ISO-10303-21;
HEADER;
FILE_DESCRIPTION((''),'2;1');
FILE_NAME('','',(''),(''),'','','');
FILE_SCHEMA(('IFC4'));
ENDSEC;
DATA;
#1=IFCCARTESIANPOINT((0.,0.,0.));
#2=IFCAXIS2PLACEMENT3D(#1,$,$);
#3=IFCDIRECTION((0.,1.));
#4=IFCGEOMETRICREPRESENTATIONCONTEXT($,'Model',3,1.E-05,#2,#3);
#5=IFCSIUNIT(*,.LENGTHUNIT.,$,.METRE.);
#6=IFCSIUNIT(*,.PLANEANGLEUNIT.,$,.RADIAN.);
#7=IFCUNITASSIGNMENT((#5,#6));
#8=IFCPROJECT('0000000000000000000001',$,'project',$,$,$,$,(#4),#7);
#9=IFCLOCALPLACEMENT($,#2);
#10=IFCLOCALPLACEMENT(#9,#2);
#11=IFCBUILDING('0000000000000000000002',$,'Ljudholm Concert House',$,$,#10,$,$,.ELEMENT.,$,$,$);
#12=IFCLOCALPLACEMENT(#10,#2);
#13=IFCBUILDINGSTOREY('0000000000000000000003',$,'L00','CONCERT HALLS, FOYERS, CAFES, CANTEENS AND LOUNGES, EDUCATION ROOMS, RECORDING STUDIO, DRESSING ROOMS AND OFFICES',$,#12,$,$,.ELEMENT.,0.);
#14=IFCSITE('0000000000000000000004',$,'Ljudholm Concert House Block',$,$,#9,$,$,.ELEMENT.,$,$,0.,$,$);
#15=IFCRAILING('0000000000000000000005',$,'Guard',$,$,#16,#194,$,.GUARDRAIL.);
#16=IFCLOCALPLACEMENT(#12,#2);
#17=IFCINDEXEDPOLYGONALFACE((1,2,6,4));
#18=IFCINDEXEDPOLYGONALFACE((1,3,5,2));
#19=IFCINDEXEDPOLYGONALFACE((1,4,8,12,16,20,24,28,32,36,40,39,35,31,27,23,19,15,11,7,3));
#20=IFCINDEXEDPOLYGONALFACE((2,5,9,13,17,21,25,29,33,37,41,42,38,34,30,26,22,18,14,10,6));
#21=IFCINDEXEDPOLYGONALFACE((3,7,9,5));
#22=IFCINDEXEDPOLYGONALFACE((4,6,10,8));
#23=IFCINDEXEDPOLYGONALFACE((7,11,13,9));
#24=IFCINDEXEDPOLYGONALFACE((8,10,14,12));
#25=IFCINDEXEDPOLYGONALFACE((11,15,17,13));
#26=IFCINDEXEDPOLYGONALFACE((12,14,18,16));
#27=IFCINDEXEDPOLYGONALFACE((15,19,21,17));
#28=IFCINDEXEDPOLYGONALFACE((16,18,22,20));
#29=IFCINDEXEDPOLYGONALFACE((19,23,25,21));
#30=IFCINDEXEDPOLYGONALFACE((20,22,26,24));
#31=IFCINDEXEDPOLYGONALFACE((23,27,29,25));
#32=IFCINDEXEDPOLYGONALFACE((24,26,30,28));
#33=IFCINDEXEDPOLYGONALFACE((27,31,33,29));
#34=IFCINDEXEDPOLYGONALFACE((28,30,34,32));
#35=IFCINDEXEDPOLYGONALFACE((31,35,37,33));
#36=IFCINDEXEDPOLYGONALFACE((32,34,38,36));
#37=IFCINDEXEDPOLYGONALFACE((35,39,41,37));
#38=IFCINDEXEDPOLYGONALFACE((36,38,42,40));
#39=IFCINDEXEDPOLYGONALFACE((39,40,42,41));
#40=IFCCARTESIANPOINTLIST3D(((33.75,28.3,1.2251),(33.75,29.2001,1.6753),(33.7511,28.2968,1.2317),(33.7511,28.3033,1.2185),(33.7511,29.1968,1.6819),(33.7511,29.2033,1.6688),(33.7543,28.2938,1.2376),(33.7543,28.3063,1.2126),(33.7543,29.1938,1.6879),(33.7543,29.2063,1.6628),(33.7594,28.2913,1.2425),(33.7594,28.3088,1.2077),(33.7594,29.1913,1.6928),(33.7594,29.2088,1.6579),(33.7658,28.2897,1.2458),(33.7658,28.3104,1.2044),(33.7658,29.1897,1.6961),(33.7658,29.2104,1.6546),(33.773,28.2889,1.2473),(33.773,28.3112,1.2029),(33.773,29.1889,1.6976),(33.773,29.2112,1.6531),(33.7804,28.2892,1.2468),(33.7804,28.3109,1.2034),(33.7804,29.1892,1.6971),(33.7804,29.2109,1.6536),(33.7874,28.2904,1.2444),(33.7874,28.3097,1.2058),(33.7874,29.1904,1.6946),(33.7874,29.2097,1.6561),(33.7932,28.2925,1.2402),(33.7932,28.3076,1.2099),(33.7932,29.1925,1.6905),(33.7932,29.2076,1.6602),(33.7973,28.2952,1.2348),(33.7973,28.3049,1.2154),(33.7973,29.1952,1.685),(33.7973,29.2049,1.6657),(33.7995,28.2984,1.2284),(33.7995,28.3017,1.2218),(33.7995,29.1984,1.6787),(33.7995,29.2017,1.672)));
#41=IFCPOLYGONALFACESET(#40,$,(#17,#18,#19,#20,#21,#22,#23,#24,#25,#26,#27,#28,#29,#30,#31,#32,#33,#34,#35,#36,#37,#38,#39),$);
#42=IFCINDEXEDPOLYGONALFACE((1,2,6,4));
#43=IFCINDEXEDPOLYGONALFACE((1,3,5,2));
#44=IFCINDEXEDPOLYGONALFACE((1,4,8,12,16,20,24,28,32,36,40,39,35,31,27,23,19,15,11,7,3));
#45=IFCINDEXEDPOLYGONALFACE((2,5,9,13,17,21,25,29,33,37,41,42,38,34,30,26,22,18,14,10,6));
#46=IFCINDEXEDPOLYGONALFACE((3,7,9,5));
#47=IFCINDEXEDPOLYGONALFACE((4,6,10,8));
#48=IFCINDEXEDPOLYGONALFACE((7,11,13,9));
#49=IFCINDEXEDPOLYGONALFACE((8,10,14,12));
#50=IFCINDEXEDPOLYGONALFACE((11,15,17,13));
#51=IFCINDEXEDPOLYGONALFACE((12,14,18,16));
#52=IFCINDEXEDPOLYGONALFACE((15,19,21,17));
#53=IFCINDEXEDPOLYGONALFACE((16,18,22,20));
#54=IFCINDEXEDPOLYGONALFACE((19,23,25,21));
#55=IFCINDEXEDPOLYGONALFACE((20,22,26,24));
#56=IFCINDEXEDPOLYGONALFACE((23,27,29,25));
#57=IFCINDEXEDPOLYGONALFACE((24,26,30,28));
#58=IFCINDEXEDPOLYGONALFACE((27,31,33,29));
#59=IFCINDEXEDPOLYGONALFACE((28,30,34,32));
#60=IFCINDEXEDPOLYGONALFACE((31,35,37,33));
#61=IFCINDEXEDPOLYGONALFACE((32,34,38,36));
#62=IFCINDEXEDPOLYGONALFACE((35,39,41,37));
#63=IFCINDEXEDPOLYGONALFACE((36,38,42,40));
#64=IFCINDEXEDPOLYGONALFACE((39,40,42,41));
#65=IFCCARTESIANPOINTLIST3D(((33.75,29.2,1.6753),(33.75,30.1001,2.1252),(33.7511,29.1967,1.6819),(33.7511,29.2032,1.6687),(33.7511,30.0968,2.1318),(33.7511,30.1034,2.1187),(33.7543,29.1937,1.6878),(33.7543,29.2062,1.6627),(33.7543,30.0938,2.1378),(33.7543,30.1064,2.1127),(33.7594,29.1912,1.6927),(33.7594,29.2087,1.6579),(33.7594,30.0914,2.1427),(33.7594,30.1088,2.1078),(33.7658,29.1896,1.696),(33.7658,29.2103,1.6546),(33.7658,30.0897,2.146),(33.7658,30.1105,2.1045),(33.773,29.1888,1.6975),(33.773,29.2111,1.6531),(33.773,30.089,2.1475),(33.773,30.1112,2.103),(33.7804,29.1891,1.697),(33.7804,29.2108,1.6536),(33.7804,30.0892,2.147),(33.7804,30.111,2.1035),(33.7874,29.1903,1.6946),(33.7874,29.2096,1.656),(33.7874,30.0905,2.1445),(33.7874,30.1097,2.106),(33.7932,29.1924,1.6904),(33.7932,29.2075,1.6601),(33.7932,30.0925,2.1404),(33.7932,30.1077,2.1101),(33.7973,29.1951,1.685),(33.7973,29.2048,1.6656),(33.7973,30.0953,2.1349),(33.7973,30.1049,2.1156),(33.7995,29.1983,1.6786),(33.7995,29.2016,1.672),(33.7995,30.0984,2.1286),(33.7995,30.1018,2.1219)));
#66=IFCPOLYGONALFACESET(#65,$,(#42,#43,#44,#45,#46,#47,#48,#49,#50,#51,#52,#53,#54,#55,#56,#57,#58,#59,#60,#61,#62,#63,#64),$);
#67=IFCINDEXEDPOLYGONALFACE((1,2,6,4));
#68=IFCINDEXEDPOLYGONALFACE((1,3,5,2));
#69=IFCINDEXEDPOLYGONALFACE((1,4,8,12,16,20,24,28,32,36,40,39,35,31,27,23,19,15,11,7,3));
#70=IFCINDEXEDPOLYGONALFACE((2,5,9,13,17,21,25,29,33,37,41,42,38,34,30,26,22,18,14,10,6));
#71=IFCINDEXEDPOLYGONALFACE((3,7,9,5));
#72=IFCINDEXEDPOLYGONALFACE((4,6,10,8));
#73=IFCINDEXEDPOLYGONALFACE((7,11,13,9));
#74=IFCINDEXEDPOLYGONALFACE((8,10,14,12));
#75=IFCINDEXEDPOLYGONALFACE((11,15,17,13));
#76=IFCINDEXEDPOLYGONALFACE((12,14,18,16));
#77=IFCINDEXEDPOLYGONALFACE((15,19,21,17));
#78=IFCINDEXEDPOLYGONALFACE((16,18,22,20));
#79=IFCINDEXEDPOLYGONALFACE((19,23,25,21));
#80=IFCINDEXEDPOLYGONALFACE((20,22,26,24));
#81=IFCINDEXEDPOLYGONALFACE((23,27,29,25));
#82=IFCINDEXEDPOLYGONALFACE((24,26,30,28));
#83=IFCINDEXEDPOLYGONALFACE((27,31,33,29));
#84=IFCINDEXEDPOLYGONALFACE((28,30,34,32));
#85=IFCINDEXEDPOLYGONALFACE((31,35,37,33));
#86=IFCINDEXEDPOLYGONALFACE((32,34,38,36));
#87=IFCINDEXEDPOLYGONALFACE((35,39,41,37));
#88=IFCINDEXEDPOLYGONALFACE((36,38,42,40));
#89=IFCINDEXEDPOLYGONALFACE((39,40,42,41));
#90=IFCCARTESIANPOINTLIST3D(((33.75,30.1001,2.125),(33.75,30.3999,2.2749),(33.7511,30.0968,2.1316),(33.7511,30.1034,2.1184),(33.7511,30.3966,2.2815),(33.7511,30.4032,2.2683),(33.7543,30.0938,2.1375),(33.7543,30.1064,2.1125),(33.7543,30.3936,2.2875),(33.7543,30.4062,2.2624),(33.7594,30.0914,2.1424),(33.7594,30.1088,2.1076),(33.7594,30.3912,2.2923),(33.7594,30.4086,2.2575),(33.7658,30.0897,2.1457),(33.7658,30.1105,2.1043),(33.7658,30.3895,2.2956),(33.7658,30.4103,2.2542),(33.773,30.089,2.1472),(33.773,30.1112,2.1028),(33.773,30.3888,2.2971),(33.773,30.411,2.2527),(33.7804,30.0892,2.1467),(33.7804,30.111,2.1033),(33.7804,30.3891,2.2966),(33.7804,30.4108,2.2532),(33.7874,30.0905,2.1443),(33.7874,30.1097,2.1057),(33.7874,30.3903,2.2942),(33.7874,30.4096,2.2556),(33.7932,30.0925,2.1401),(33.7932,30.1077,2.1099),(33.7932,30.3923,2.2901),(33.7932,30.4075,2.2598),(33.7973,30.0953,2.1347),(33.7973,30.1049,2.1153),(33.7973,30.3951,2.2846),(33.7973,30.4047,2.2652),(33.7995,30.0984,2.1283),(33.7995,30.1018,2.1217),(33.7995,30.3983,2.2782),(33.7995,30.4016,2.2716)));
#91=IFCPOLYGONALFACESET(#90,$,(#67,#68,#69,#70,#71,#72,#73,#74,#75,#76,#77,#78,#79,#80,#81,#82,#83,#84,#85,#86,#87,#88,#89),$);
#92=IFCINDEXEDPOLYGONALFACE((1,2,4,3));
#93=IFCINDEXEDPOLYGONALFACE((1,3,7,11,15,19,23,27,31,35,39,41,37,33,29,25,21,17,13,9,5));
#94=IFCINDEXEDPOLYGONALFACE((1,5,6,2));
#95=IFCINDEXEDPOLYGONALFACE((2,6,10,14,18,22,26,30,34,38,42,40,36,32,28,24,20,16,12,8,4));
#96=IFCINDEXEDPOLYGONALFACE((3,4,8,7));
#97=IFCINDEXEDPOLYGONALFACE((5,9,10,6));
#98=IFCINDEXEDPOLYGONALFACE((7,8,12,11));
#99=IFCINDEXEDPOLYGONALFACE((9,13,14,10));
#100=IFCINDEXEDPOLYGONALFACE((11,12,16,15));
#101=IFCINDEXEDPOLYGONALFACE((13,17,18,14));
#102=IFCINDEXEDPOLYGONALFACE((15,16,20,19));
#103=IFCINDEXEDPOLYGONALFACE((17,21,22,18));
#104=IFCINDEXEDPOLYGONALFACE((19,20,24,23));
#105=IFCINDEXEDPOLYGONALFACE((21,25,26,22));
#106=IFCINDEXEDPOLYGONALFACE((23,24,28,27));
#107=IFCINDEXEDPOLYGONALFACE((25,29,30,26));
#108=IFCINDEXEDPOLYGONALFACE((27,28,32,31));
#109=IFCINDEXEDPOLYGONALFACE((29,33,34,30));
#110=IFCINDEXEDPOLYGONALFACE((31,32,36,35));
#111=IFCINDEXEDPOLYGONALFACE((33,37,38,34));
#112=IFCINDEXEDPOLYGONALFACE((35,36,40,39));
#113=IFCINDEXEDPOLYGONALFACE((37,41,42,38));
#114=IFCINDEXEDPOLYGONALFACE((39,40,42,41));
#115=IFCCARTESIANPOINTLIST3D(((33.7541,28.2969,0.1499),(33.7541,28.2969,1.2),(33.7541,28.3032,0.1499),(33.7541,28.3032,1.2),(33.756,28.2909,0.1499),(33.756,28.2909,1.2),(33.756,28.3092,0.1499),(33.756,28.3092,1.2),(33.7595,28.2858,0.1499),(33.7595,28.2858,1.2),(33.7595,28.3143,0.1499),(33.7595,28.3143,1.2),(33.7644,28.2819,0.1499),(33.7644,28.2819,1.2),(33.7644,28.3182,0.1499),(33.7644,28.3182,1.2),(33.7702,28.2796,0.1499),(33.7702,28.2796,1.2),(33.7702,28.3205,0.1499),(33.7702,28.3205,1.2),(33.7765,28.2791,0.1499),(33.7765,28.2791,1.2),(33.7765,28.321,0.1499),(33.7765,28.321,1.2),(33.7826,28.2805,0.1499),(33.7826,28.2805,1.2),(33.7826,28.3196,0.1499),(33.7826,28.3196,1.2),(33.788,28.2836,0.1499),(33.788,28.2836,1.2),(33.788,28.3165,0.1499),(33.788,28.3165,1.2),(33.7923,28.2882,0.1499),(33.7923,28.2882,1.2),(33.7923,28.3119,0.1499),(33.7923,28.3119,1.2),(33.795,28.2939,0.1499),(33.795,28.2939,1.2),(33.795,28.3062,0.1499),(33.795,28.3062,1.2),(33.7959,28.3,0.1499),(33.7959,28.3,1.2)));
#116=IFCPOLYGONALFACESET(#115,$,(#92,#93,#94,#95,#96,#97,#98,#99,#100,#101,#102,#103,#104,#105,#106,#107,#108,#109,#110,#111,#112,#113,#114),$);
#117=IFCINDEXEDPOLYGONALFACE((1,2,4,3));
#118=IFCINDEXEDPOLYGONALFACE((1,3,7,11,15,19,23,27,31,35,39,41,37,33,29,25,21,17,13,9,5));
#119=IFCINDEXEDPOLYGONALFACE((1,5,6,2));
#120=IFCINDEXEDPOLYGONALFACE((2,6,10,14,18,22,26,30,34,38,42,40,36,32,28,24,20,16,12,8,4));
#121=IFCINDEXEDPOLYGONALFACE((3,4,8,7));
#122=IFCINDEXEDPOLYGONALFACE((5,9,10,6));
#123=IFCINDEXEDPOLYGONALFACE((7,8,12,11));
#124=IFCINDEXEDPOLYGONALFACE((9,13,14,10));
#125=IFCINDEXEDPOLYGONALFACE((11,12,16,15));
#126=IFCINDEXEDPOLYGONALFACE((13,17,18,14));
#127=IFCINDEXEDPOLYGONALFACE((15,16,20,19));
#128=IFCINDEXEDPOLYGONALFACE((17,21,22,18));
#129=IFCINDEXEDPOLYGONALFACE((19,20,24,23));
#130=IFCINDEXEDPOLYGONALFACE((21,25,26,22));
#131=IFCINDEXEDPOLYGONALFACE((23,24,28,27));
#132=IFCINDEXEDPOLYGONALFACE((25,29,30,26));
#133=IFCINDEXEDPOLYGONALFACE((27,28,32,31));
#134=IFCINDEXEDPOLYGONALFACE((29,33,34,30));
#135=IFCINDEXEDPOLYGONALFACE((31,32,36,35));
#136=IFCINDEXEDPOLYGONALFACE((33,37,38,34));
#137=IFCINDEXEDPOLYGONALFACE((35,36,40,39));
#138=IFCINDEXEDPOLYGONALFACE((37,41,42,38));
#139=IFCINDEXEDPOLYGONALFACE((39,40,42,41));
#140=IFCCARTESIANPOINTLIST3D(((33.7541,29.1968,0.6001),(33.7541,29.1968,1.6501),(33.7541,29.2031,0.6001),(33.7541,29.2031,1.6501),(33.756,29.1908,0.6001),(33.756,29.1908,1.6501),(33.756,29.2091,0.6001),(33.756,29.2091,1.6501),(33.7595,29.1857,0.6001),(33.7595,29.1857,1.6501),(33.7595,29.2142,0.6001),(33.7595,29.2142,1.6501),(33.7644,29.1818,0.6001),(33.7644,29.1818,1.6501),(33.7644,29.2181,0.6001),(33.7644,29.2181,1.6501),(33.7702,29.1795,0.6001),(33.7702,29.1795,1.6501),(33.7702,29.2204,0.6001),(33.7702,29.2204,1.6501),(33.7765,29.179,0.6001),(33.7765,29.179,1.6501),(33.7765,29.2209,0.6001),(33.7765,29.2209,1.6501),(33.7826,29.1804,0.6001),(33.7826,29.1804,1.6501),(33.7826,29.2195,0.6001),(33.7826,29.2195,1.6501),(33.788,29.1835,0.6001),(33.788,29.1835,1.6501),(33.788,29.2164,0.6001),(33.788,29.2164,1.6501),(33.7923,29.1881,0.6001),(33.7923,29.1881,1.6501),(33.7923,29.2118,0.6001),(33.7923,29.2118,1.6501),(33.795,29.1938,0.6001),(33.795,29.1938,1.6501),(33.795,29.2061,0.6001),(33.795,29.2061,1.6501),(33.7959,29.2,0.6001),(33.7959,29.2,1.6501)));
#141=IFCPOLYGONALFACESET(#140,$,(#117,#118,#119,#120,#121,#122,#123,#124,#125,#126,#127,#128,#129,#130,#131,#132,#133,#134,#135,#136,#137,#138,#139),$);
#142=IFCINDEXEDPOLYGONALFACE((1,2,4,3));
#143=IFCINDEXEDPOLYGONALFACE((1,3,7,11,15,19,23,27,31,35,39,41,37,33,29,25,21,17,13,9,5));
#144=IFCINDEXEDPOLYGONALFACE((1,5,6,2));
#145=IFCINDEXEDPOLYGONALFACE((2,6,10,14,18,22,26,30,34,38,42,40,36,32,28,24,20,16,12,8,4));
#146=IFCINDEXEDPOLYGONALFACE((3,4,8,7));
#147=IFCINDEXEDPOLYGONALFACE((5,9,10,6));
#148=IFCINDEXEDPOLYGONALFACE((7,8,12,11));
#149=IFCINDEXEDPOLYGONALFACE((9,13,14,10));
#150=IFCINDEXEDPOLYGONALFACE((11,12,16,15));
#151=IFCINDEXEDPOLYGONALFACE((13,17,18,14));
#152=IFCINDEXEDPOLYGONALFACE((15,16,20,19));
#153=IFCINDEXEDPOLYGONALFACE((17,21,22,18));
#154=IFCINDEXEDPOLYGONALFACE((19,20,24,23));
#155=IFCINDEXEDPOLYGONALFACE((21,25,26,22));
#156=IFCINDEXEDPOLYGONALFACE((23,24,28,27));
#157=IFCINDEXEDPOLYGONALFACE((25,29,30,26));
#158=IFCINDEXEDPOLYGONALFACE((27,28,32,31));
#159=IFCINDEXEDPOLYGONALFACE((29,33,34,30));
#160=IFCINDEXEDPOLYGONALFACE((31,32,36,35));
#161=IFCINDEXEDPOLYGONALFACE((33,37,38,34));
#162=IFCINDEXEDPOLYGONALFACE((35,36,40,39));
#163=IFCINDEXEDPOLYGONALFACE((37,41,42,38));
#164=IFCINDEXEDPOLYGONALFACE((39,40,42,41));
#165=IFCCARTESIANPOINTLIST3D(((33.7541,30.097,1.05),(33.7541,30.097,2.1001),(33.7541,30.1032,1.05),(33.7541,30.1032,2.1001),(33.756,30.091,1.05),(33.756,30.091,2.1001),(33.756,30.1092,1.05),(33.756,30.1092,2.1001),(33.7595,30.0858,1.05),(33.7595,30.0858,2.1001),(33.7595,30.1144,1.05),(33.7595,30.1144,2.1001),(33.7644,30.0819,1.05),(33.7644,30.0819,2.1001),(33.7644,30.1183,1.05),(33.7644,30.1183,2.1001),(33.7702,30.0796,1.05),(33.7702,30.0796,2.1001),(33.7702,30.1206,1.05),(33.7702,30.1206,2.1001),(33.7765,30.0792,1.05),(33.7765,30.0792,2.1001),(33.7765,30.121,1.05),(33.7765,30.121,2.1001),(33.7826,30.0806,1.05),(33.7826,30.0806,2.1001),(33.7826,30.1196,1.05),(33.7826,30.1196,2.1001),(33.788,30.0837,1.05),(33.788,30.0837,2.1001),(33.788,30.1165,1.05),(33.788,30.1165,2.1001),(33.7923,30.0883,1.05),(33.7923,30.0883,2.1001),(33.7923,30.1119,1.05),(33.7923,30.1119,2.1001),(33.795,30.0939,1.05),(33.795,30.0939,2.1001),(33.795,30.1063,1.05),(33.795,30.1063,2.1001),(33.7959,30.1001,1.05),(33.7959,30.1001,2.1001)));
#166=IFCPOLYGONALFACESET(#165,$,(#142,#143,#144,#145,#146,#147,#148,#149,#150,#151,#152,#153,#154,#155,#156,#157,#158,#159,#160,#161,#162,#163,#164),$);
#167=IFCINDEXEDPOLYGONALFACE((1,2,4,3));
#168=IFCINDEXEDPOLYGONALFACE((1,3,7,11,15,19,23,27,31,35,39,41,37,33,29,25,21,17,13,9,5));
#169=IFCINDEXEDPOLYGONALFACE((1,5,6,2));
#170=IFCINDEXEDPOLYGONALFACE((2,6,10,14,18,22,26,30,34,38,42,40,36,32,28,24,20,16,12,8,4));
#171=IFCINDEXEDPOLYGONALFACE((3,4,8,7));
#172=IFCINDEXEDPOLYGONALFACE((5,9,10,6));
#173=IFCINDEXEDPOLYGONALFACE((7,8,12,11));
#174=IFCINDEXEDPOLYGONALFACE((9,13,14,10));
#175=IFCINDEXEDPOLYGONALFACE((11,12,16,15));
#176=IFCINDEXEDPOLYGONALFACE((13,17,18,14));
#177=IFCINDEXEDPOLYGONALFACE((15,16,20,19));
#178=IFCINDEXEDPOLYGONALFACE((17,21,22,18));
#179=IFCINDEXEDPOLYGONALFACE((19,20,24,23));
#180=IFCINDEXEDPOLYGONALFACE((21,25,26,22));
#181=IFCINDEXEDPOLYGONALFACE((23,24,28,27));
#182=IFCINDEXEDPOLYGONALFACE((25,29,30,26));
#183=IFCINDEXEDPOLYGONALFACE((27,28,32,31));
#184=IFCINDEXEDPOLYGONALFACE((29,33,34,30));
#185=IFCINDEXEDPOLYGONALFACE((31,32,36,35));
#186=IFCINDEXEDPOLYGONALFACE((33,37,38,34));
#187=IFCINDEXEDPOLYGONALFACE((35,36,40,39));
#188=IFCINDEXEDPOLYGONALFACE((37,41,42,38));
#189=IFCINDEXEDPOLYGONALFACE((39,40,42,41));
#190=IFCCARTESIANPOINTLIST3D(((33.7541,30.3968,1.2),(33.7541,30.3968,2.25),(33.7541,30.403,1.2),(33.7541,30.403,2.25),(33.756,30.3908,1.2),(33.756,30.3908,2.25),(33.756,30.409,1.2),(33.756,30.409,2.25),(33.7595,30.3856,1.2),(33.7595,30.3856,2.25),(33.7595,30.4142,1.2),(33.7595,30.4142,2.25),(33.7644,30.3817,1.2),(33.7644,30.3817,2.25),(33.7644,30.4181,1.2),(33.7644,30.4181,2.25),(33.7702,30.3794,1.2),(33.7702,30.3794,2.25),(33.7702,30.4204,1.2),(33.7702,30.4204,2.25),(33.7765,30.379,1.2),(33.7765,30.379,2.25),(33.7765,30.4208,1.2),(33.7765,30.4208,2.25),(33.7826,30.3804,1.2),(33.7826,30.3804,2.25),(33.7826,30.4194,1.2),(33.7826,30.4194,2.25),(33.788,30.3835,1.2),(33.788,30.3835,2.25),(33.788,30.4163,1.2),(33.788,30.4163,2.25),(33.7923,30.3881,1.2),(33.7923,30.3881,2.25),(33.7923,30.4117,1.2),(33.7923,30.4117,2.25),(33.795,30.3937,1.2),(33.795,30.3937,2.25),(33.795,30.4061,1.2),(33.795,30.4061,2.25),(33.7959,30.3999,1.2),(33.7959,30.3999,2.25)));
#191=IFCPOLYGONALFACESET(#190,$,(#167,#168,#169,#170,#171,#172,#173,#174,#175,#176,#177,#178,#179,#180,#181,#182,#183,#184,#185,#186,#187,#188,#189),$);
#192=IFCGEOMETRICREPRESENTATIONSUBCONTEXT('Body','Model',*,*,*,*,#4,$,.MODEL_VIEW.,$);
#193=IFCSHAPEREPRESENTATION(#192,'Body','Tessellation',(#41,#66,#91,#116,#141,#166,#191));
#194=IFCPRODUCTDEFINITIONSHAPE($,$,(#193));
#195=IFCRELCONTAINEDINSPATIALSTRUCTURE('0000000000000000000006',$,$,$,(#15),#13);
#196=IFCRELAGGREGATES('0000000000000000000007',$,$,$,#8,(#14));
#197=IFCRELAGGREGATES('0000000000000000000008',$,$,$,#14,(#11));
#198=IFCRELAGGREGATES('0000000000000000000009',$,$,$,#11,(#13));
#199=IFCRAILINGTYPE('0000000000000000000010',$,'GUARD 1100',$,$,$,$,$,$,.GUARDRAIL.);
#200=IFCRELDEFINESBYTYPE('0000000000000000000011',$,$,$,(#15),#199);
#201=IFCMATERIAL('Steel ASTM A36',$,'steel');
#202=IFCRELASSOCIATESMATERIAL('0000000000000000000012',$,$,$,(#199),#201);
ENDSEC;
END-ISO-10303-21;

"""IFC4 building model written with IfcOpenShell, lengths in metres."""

from ifc_helpers import new_model, si_unit, direction, frame, origin, origin_2d, place, context, subcontext, project, spatial, circle, extrude, material, type_object, element, save


model = new_model("IFC4")

# Units and contexts
model_context = context("Model", 3, precision=1e-05, world=origin(), true_north=direction((0.0, 1.0)))
body_context = subcontext(model_context, "Body", "Model", "MODEL_VIEW")
ifc_project = project(units=[si_unit("LENGTHUNIT", "METRE"), si_unit("PLANEANGLEUNIT", "RADIAN")], contexts=[model_context])

# Site, building, storey
site_placement = place(None, origin())
site = spatial("IfcSite", under=ifc_project, at=site_placement, Name="Ljudholm Concert House Block", CompositionType="ELEMENT", RefElevation=0.0)
building_placement = place(site_placement, origin())
building = spatial("IfcBuilding", under=site, at=building_placement, Name="Ljudholm Concert House", CompositionType="ELEMENT")
storey_placement = place(building_placement, origin())
storey = spatial("IfcBuildingStorey", under=building, at=storey_placement, Name="L00", Description="CONCERT HALLS, FOYERS, CAFES, CANTEENS AND LOUNGES, EDUCATION ROOMS, RECORDING STUDIO, DRESSING ROOMS AND OFFICES", CompositionType="ELEMENT", Elevation=0.0)

# Railing
ifc_material_1 = material(Name="Steel ASTM A36", Category="steel")
railing_type_1 = type_object("IfcRailingType", Name="GUARD 1100", PredefinedType="GUARDRAIL", material=ifc_material_1)
railing_1_placement = place(storey_placement, frame((33.7749, 28.3, 0.1499)))
element("IfcRailing", 1, at=railing_1_placement, inside=storey, type_object=railing_type_1, Name="Guard", PredefinedType="GUARDRAIL", context=body_context, shape_type="SweptSolid", body=[
    extrude(circle(Radius=0.0249, at=origin_2d()), frame((0.0, 0.0, 1.0752), z_axis=(0.0, 0.89433, 0.447408), x_axis=(-1.0, 0.0, 0.0)), (0.0, 0.0, 1.0), 1.0063),
    extrude(circle(Radius=0.0249, at=origin_2d()), frame((0.0, 0.8999, 1.5254), z_axis=(0.0, 0.894476, 0.447117), x_axis=(-1.0, 0.0, 0.0)), (0.0, 0.0, 1.0), 1.0063),
    extrude(circle(Radius=0.0249, at=origin_2d()), frame((0.0, 1.8, 1.9751), z_axis=(0.0, 0.894427, 0.447214), x_axis=(-1.0, 0.0, 0.0)), (0.0, 0.0, 1.0), 0.3352),
    extrude(circle(Radius=0.021, at=origin_2d()), origin(), (0.0, 0.0, 1.0), 1.05),
    extrude(circle(Radius=0.021, at=origin_2d()), frame((0.0, 0.8999, 0.4502)), (0.0, 0.0, 1.0), 1.05),
    extrude(circle(Radius=0.021, at=origin_2d()), frame((0.0, 1.8, 0.9001)), (0.0, 0.0, 1.0), 1.05),
    extrude(circle(Radius=0.021, at=origin_2d()), frame((0.0, 2.0999, 1.05)), (0.0, 0.0, 1.0), 1.05),
])

save(model, "model.ifc")
